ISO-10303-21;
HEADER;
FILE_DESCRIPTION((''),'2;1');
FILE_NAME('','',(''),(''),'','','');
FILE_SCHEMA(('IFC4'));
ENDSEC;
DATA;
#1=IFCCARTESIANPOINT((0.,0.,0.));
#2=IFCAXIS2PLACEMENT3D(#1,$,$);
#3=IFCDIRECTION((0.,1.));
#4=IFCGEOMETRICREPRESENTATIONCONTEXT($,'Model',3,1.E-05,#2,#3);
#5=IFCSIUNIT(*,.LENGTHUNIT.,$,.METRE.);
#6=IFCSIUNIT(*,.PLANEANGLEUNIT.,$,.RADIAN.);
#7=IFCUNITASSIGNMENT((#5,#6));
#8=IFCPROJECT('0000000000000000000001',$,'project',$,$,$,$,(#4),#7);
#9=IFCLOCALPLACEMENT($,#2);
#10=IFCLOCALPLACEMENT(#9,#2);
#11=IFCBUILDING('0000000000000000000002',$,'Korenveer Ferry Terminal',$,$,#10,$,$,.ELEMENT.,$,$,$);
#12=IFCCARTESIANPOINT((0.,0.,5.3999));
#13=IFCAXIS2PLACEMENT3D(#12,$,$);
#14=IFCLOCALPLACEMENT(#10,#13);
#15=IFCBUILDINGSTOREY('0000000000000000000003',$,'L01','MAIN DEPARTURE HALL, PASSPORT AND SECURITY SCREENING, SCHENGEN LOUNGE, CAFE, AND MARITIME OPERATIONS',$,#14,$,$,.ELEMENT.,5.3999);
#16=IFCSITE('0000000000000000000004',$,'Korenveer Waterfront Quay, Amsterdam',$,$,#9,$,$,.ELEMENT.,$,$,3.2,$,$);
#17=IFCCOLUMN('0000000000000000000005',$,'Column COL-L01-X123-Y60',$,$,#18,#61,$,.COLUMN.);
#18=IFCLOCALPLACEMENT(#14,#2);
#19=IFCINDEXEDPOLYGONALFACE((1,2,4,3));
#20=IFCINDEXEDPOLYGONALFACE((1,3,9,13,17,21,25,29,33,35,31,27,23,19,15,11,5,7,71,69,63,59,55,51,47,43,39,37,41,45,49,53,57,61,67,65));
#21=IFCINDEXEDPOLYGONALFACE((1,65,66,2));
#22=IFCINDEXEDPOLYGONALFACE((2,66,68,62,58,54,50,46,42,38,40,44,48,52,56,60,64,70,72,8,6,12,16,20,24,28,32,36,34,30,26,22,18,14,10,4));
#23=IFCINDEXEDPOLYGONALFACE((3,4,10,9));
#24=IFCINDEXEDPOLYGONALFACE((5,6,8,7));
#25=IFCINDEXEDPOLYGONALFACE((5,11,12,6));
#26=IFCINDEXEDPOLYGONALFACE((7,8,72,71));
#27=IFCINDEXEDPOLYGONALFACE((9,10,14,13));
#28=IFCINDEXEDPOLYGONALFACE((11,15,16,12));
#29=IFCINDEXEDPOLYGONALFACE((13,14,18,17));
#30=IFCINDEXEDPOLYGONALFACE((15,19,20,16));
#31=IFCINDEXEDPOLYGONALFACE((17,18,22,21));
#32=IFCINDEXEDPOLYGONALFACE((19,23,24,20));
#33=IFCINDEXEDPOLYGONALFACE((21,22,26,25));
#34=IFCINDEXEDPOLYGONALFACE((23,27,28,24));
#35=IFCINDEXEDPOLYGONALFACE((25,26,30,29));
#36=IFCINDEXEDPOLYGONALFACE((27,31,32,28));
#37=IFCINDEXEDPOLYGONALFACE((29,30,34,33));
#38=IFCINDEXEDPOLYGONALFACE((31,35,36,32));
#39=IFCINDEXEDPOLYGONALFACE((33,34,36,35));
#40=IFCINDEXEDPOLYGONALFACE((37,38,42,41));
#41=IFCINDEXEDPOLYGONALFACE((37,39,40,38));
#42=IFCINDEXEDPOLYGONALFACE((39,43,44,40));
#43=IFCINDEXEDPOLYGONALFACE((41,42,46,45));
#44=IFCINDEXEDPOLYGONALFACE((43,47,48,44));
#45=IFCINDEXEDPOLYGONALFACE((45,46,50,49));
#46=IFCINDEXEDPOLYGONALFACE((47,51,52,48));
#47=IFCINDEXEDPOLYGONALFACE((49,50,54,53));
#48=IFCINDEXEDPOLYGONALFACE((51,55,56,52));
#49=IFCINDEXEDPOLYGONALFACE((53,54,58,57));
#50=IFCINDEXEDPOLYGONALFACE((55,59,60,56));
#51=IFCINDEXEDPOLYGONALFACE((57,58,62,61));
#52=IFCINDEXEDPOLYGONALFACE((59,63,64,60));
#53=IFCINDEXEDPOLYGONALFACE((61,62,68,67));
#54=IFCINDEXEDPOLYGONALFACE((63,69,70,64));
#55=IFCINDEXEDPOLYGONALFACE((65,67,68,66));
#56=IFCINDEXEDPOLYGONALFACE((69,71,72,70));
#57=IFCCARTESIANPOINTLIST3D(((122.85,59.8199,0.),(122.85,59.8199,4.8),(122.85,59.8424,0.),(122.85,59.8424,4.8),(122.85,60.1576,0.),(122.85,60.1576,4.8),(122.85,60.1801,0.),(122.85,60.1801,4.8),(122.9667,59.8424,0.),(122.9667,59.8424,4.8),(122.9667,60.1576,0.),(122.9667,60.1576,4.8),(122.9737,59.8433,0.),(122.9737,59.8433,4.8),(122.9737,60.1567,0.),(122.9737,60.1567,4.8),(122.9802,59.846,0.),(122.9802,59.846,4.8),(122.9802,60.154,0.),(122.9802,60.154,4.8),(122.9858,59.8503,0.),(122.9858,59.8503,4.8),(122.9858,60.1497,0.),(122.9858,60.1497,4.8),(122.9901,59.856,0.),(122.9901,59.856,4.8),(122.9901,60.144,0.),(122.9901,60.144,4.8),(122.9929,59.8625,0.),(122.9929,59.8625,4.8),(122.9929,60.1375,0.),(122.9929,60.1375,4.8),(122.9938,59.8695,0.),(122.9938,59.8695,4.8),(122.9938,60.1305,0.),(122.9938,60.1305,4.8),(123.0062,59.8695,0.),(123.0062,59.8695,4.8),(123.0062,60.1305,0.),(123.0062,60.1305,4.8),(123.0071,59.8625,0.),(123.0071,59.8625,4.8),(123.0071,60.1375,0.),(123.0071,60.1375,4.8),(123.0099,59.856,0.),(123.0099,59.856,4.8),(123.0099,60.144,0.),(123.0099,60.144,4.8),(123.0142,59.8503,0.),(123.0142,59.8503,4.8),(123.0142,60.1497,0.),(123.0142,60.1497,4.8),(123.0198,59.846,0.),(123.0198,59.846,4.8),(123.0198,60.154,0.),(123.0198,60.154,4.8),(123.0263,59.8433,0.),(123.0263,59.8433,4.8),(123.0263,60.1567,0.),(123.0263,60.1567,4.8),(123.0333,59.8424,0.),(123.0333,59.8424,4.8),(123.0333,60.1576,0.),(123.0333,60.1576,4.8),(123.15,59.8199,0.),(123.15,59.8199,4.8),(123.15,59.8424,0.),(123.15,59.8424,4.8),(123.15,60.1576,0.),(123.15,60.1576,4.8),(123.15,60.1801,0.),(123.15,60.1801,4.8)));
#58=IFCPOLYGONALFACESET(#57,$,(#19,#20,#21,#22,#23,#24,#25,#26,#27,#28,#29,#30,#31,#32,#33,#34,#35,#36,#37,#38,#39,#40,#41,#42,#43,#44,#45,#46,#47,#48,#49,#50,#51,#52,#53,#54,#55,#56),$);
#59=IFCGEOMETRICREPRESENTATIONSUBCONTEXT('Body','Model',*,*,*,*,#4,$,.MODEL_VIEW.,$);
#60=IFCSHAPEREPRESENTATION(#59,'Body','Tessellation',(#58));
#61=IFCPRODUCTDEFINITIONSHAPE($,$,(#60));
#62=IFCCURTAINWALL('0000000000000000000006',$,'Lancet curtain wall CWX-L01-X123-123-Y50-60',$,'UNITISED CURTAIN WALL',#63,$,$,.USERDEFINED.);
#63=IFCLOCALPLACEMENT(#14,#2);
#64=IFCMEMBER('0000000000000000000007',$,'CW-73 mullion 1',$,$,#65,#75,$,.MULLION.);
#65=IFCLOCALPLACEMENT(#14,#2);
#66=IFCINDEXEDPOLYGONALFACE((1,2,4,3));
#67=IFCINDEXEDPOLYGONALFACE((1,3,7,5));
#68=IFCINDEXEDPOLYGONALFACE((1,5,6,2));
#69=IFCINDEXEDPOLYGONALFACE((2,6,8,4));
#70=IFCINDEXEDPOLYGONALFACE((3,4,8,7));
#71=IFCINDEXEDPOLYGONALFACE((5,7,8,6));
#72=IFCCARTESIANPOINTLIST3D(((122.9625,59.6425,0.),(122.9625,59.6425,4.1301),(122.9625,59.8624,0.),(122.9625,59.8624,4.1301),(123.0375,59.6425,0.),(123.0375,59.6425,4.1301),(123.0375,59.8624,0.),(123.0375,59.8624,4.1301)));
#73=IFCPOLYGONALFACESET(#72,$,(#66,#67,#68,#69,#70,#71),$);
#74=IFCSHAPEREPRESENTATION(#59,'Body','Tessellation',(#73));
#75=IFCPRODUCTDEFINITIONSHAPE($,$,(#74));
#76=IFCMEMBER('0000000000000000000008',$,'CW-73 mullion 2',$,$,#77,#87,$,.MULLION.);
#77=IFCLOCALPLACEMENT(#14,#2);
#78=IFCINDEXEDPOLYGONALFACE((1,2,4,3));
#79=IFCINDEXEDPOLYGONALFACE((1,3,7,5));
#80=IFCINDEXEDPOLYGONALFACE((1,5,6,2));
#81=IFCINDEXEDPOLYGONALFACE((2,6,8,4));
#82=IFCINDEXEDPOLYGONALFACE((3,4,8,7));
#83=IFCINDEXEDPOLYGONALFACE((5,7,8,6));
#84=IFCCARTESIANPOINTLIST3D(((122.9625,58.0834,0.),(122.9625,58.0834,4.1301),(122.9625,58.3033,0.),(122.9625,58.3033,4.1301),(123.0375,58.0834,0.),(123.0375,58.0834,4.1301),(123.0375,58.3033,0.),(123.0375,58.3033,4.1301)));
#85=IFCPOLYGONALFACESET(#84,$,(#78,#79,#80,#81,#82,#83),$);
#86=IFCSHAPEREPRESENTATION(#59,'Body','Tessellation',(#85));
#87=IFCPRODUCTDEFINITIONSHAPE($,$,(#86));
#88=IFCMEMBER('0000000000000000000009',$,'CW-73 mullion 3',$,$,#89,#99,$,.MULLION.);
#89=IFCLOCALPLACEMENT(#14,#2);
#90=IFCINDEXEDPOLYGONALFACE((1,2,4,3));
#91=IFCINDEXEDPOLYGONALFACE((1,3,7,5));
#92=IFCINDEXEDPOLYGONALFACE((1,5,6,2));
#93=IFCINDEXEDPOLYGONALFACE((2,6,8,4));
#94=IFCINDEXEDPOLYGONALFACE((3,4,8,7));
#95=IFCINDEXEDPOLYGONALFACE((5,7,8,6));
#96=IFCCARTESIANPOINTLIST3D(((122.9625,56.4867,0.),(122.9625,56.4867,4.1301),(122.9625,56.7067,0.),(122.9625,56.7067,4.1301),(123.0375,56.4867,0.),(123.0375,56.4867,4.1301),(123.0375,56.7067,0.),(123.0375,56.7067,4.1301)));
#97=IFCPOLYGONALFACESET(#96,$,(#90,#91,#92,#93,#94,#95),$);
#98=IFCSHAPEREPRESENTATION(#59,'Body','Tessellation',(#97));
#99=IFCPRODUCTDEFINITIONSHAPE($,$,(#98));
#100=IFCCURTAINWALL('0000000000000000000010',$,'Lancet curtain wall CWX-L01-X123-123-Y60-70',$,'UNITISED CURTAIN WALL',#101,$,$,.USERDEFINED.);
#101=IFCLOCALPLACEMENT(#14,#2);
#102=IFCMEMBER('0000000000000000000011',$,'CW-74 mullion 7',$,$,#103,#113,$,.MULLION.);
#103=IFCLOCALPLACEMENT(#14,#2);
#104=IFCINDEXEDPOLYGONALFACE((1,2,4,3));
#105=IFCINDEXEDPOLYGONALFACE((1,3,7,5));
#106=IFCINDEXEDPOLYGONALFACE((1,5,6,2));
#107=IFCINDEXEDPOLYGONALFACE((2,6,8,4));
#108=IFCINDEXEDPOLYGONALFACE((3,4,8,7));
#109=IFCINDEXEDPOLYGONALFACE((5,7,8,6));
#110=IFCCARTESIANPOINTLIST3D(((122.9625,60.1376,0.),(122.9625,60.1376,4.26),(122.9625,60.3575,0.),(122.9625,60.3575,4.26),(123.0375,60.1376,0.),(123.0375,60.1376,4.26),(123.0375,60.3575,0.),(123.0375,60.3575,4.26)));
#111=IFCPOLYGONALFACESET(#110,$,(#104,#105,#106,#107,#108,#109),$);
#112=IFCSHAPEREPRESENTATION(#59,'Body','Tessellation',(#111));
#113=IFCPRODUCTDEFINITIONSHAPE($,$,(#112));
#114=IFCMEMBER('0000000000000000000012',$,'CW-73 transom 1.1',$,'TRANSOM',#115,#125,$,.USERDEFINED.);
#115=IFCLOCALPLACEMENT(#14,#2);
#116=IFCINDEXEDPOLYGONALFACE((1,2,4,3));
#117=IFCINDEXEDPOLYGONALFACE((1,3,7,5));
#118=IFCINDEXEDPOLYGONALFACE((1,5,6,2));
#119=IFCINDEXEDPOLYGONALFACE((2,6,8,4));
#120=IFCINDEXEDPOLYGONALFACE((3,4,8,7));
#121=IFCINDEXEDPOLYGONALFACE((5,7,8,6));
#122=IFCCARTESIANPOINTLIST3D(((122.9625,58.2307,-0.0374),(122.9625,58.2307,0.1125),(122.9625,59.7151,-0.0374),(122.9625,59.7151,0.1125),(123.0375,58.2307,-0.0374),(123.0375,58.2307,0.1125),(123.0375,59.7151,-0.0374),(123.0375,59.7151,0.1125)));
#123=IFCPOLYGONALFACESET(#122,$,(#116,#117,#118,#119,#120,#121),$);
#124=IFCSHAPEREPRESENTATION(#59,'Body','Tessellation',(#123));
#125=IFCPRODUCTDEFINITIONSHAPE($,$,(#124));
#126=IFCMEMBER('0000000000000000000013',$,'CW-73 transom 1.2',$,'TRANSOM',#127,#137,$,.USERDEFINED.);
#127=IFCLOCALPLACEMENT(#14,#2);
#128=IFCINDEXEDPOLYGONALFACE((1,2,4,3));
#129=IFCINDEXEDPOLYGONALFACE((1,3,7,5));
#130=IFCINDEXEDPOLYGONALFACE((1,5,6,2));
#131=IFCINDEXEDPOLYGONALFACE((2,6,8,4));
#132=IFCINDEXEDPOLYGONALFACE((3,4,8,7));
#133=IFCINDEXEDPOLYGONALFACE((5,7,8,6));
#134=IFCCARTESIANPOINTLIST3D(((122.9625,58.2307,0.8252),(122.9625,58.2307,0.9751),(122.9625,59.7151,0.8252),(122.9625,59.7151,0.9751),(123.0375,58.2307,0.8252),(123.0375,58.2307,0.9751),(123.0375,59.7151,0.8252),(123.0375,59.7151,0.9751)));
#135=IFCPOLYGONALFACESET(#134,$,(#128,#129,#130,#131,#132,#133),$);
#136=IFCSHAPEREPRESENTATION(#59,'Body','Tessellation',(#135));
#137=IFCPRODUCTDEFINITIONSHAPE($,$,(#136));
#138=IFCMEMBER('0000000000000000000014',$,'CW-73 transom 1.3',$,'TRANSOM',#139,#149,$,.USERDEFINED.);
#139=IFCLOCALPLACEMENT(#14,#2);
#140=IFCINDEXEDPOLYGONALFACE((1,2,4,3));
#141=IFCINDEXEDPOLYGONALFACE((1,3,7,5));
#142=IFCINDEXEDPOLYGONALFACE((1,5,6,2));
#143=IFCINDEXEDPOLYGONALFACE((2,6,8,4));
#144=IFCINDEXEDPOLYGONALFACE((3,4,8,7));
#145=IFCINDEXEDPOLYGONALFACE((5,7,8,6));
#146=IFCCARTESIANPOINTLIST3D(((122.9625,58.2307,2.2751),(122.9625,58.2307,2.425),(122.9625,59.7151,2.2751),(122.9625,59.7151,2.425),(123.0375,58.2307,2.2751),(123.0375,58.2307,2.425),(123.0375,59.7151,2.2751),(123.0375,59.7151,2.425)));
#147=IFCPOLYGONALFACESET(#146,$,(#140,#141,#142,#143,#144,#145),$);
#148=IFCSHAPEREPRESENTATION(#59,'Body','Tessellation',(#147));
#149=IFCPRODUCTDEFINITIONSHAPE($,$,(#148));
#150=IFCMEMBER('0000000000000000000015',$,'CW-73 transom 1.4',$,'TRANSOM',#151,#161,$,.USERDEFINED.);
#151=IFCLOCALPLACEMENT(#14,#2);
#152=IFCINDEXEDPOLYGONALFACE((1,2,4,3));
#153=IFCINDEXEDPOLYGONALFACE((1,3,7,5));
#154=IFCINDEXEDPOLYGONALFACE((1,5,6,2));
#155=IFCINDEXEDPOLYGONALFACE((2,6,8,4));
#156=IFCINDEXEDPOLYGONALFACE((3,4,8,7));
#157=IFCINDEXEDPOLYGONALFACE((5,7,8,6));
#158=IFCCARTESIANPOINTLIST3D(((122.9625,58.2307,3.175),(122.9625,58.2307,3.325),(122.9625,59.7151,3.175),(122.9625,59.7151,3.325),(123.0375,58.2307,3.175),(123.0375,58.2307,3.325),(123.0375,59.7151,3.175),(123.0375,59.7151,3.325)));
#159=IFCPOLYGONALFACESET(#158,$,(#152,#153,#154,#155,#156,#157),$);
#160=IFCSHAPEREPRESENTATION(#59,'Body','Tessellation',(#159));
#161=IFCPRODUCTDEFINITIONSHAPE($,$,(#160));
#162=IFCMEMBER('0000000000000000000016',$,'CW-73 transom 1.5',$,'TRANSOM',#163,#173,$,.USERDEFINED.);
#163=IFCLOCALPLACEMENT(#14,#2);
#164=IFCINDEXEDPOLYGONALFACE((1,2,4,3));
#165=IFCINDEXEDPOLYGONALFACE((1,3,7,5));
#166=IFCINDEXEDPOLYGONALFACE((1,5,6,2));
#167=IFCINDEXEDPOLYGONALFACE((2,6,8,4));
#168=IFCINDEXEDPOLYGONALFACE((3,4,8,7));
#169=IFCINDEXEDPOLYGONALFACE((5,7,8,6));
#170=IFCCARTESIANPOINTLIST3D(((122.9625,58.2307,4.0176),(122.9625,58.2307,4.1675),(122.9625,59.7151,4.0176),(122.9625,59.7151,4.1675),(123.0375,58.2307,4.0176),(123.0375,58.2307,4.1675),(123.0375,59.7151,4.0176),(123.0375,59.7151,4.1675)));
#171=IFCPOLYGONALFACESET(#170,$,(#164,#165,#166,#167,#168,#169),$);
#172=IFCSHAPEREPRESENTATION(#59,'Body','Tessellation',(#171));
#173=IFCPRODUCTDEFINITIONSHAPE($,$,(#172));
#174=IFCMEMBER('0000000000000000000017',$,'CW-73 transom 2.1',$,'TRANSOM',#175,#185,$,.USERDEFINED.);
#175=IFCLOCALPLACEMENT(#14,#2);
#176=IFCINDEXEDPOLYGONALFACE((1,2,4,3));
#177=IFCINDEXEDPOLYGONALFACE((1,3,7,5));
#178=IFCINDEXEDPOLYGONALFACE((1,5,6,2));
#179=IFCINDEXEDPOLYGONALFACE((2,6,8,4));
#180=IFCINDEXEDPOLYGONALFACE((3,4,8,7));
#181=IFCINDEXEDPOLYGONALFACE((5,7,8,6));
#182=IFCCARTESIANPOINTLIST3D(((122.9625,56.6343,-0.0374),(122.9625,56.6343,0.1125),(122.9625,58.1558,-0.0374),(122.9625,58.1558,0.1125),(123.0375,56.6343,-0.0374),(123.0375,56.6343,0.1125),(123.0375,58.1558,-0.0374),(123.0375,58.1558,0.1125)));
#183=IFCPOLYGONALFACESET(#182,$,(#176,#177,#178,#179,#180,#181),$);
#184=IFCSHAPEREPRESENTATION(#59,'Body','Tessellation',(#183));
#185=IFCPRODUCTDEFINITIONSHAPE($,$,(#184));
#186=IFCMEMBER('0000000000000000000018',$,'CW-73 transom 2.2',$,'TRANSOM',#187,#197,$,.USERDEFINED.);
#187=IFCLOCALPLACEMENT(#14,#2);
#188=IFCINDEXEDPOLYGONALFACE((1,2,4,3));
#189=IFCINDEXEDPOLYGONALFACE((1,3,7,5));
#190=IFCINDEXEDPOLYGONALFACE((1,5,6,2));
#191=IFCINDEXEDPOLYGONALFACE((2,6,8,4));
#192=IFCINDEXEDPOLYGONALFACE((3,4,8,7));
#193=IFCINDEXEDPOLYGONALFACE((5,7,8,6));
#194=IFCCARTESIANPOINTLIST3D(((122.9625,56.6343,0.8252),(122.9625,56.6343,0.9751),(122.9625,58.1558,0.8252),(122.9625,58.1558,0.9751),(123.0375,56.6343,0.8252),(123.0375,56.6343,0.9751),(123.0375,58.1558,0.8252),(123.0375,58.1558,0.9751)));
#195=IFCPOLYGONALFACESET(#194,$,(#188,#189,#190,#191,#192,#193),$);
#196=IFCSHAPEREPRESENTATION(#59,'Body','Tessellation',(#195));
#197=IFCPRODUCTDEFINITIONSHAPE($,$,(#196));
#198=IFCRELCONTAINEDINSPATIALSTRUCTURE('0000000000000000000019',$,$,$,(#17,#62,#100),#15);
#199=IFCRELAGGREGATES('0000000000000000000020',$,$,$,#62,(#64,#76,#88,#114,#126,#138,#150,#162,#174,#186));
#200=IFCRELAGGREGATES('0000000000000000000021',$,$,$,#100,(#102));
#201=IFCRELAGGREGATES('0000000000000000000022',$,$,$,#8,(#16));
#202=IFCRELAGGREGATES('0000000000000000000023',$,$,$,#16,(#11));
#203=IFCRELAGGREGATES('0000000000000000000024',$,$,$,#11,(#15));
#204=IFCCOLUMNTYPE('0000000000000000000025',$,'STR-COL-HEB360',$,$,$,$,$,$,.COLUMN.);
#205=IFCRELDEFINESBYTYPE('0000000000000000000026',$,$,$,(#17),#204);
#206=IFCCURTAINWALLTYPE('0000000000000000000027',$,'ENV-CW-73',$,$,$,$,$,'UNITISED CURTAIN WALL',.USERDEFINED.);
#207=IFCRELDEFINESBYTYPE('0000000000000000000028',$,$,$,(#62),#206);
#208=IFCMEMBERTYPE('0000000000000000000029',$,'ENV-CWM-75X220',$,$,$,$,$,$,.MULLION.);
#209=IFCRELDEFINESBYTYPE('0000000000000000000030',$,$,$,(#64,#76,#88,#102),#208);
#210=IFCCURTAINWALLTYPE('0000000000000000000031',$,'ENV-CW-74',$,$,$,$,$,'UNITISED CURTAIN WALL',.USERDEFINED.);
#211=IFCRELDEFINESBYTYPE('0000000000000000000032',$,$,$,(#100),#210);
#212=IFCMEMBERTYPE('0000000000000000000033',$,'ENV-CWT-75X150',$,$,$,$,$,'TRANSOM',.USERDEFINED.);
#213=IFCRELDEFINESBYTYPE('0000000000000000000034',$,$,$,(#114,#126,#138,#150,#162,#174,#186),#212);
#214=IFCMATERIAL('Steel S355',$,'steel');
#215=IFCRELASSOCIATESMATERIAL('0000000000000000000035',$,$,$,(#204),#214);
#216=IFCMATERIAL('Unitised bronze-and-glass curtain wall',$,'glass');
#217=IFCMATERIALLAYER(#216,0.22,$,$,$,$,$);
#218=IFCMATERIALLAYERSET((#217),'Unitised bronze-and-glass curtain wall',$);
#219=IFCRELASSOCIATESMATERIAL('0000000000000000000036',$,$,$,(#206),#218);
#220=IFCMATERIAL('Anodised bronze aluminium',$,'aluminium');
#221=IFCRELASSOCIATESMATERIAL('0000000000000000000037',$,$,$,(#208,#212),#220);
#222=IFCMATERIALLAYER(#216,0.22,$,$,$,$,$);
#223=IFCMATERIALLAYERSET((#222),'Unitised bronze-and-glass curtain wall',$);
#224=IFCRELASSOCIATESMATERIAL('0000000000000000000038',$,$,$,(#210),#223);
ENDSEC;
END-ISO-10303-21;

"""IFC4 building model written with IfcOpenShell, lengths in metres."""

from ifc_helpers import new_model, si_unit, direction, frame, origin, origin_2d, place, context, subcontext, project, spatial, rectangle, i_section, extrude, material, layer, layer_set, material_profile, profile_set, type_object, element, aggregate, save


model = new_model("IFC4")

# Units and contexts
model_context = context("Model", 3, precision=1e-05, world=origin(), true_north=direction((0.0, 1.0)))
body_context = subcontext(model_context, "Body", "Model", "MODEL_VIEW")
ifc_project = project(units=[si_unit("LENGTHUNIT", "METRE"), si_unit("PLANEANGLEUNIT", "RADIAN")], contexts=[model_context])

# Site, building, storey
site_placement = place(None, origin())
site = spatial("IfcSite", under=ifc_project, at=site_placement, Name="Korenveer Waterfront Quay, Amsterdam", CompositionType="ELEMENT", RefElevation=3.2)
building_placement = place(site_placement, origin())
building = spatial("IfcBuilding", under=site, at=building_placement, Name="Korenveer Ferry Terminal", CompositionType="ELEMENT")
storey_placement = place(building_placement, frame((0.0, 0.0, 5.3999)))
storey = spatial("IfcBuildingStorey", under=building, at=storey_placement, Name="L01", Description="MAIN DEPARTURE HALL, PASSPORT AND SECURITY SCREENING, SCHENGEN LOUNGE, CAFE, AND MARITIME OPERATIONS", CompositionType="ELEMENT", Elevation=5.3999)

# Column
ifc_material_1 = material(Name="Steel S355", Category="steel")
ifc_material_profile_1 = material_profile(ifc_material_1, i_section(OverallWidth=0.3, OverallDepth=0.3601, WebThickness=0.0125, FlangeThickness=0.0225, FilletRadius=0.0271, at=origin_2d()), Name="HEB 360")
ifc_profile_set_1 = profile_set([ifc_material_profile_1], Name="Steel S355")
column_type = type_object("IfcColumnType", Name="STR-COL-HEB360", PredefinedType="COLUMN", material=ifc_profile_set_1)
column_placement = place(storey_placement, frame((123.0, 60.0, 0.0), z_axis=(0.0, 0.0, 1.0), x_axis=(1.0, 0.0, 0.0)))
element("IfcColumn", 1, at=column_placement, inside=storey, type_object=column_type, Name="Column COL-L01-X123-Y60", PredefinedType="COLUMN", context=body_context, shape_type="SweptSolid", body=[
    extrude(i_section(OverallWidth=0.3, OverallDepth=0.3601, WebThickness=0.0125, FlangeThickness=0.0225, FilletRadius=0.0271, at=origin_2d()), origin(), (0.0, 0.0, 1.0), 4.8),
])

# Curtain wall, members
ifc_material_2 = material(Name="Unitised bronze-and-glass curtain wall", Category="glass")
ifc_layer_1 = layer(ifc_material_2, 0.22)
ifc_layer_set_1 = layer_set([ifc_layer_1], Name="Unitised bronze-and-glass curtain wall")
curtain_wall_type_1 = type_object("IfcCurtainWallType", Name="ENV-CW-73", ElementType="UNITISED CURTAIN WALL", PredefinedType="USERDEFINED", material=ifc_layer_set_1)
curtain_wall_1_placement = place(storey_placement, frame((123.0, 59.79, 0.0)))
curtain_wall_1 = element("IfcCurtainWall", 2, at=curtain_wall_1_placement, inside=storey, type_object=curtain_wall_type_1, Name="Lancet curtain wall CWX-L01-X123-123-Y50-60", ObjectType="UNITISED CURTAIN WALL", PredefinedType="USERDEFINED")
ifc_material_3 = material(Name="Anodised bronze aluminium", Category="aluminium")
ifc_material_profile_2 = material_profile(ifc_material_3, rectangle(XDim=0.075, YDim=0.22, at=origin_2d()), Name="ALU 75x220")
ifc_profile_set_2 = profile_set([ifc_material_profile_2], Name="Anodised bronze aluminium")
member_type_1 = type_object("IfcMemberType", Name="ENV-CWM-75X220", PredefinedType="MULLION", material=ifc_profile_set_2)
member_1_placement = place(storey_placement, frame((123.0, 59.7524, 0.0), z_axis=(0.0, 0.0, 1.0), x_axis=(1.0, 0.0, 0.0)))
member_1 = element("IfcMember", 3, at=member_1_placement, type_object=member_type_1, Name="CW-73 mullion 1", PredefinedType="MULLION", context=body_context, shape_type="SweptSolid", body=[
    extrude(rectangle(XDim=0.075, YDim=0.22, at=origin_2d()), origin(), (0.0, 0.0, 1.0), 4.1301),
])
member_2_placement = place(storey_placement, frame((123.0, 58.1934, 0.0), z_axis=(0.0, 0.0, 1.0), x_axis=(1.0, 0.0, 0.0)))
member_2 = element("IfcMember", 4, at=member_2_placement, type_object=member_type_1, Name="CW-73 mullion 2", PredefinedType="MULLION", context=body_context, shape_type="SweptSolid", body=[
    extrude(rectangle(XDim=0.075, YDim=0.22, at=origin_2d()), origin(), (0.0, 0.0, 1.0), 4.1301),
])
member_3_placement = place(storey_placement, frame((123.0, 56.5967, 0.0), z_axis=(0.0, 0.0, 1.0), x_axis=(1.0, 0.0, 0.0)))
member_3 = element("IfcMember", 5, at=member_3_placement, type_object=member_type_1, Name="CW-73 mullion 3", PredefinedType="MULLION", context=body_context, shape_type="SweptSolid", body=[
    extrude(rectangle(XDim=0.075, YDim=0.22, at=origin_2d()), origin(), (0.0, 0.0, 1.0), 4.1301),
])

# Curtain wall, member
ifc_layer_2 = layer(ifc_material_2, 0.22)
ifc_layer_set_2 = layer_set([ifc_layer_2], Name="Unitised bronze-and-glass curtain wall")
curtain_wall_type_2 = type_object("IfcCurtainWallType", Name="ENV-CW-74", ElementType="UNITISED CURTAIN WALL", PredefinedType="USERDEFINED", material=ifc_layer_set_2)
curtain_wall_2_placement = place(storey_placement, frame((123.0, 69.79, 0.0)))
curtain_wall_2 = element("IfcCurtainWall", 6, at=curtain_wall_2_placement, inside=storey, type_object=curtain_wall_type_2, Name="Lancet curtain wall CWX-L01-X123-123-Y60-70", ObjectType="UNITISED CURTAIN WALL", PredefinedType="USERDEFINED")
member_4_placement = place(storey_placement, frame((123.0, 60.2476, 0.0), z_axis=(0.0, 0.0, 1.0), x_axis=(1.0, 0.0, 0.0)))
member_4 = element("IfcMember", 7, at=member_4_placement, type_object=member_type_1, Name="CW-74 mullion 7", PredefinedType="MULLION", context=body_context, shape_type="SweptSolid", body=[
    extrude(rectangle(XDim=0.075, YDim=0.22, at=origin_2d()), origin(), (0.0, 0.0, 1.0), 4.26),
])

# Members
ifc_material_profile_3 = material_profile(ifc_material_3, rectangle(XDim=0.075, YDim=0.1499, at=origin_2d()), Name="ALU 75x150")
ifc_profile_set_3 = profile_set([ifc_material_profile_3], Name="Anodised bronze aluminium")
member_type_2 = type_object("IfcMemberType", Name="ENV-CWT-75X150", ElementType="TRANSOM", PredefinedType="USERDEFINED", material=ifc_profile_set_3)
member_5_placement = place(storey_placement, frame((123.0, 59.7151, 0.0376), z_axis=(0.0, -1.0, 0.0), x_axis=(1.0, 0.0, 0.0)))
member_5 = element("IfcMember", 8, at=member_5_placement, type_object=member_type_2, Name="CW-73 transom 1.1", ObjectType="TRANSOM", PredefinedType="USERDEFINED", context=body_context, shape_type="SweptSolid", body=[
    extrude(rectangle(XDim=0.075, YDim=0.1499, at=origin_2d()), origin(), (0.0, 0.0, 1.0), 1.4844),
])
member_6_placement = place(storey_placement, frame((123.0, 59.7151, 0.9001), z_axis=(0.0, -1.0, 0.0), x_axis=(1.0, 0.0, 0.0)))
member_6 = element("IfcMember", 9, at=member_6_placement, type_object=member_type_2, Name="CW-73 transom 1.2", ObjectType="TRANSOM", PredefinedType="USERDEFINED", context=body_context, shape_type="SweptSolid", body=[
    extrude(rectangle(XDim=0.075, YDim=0.1499, at=origin_2d()), origin(), (0.0, 0.0, 1.0), 1.4844),
])
member_7_placement = place(storey_placement, frame((123.0, 59.7151, 2.3501), z_axis=(0.0, -1.0, 0.0), x_axis=(1.0, 0.0, 0.0)))
member_7 = element("IfcMember", 10, at=member_7_placement, type_object=member_type_2, Name="CW-73 transom 1.3", ObjectType="TRANSOM", PredefinedType="USERDEFINED", context=body_context, shape_type="SweptSolid", body=[
    extrude(rectangle(XDim=0.075, YDim=0.1499, at=origin_2d()), origin(), (0.0, 0.0, 1.0), 1.4844),
])
member_8_placement = place(storey_placement, frame((123.0, 59.7151, 3.25), z_axis=(0.0, -1.0, 0.0), x_axis=(1.0, 0.0, 0.0)))
member_8 = element("IfcMember", 11, at=member_8_placement, type_object=member_type_2, Name="CW-73 transom 1.4", ObjectType="TRANSOM", PredefinedType="USERDEFINED", context=body_context, shape_type="SweptSolid", body=[
    extrude(rectangle(XDim=0.075, YDim=0.1499, at=origin_2d()), origin(), (0.0, 0.0, 1.0), 1.4844),
])
member_9_placement = place(storey_placement, frame((123.0, 59.7151, 4.0925), z_axis=(0.0, -1.0, 0.0), x_axis=(1.0, 0.0, 0.0)))
member_9 = element("IfcMember", 12, at=member_9_placement, type_object=member_type_2, Name="CW-73 transom 1.5", ObjectType="TRANSOM", PredefinedType="USERDEFINED", context=body_context, shape_type="SweptSolid", body=[
    extrude(rectangle(XDim=0.075, YDim=0.1499, at=origin_2d()), origin(), (0.0, 0.0, 1.0), 1.4844),
])
member_10_placement = place(storey_placement, frame((123.0, 58.1558, 0.0376), z_axis=(0.0, -1.0, 0.0), x_axis=(1.0, 0.0, 0.0)))
member_10 = element("IfcMember", 13, at=member_10_placement, type_object=member_type_2, Name="CW-73 transom 2.1", ObjectType="TRANSOM", PredefinedType="USERDEFINED", context=body_context, shape_type="SweptSolid", body=[
    extrude(rectangle(XDim=0.075, YDim=0.1499, at=origin_2d()), origin(), (0.0, 0.0, 1.0), 1.5215),
])
member_11_placement = place(storey_placement, frame((123.0, 58.1558, 0.9001), z_axis=(0.0, -1.0, 0.0), x_axis=(1.0, 0.0, 0.0)))
member_11 = element("IfcMember", 14, at=member_11_placement, type_object=member_type_2, Name="CW-73 transom 2.2", ObjectType="TRANSOM", PredefinedType="USERDEFINED", context=body_context, shape_type="SweptSolid", body=[
    extrude(rectangle(XDim=0.075, YDim=0.1499, at=origin_2d()), origin(), (0.0, 0.0, 1.0), 1.5215),
])

aggregate(curtain_wall_1, [member_1, member_2, member_3, member_5, member_6, member_7, member_8, member_9, member_10, member_11])
aggregate(curtain_wall_2, [member_4])

save(model, "model.ifc")
